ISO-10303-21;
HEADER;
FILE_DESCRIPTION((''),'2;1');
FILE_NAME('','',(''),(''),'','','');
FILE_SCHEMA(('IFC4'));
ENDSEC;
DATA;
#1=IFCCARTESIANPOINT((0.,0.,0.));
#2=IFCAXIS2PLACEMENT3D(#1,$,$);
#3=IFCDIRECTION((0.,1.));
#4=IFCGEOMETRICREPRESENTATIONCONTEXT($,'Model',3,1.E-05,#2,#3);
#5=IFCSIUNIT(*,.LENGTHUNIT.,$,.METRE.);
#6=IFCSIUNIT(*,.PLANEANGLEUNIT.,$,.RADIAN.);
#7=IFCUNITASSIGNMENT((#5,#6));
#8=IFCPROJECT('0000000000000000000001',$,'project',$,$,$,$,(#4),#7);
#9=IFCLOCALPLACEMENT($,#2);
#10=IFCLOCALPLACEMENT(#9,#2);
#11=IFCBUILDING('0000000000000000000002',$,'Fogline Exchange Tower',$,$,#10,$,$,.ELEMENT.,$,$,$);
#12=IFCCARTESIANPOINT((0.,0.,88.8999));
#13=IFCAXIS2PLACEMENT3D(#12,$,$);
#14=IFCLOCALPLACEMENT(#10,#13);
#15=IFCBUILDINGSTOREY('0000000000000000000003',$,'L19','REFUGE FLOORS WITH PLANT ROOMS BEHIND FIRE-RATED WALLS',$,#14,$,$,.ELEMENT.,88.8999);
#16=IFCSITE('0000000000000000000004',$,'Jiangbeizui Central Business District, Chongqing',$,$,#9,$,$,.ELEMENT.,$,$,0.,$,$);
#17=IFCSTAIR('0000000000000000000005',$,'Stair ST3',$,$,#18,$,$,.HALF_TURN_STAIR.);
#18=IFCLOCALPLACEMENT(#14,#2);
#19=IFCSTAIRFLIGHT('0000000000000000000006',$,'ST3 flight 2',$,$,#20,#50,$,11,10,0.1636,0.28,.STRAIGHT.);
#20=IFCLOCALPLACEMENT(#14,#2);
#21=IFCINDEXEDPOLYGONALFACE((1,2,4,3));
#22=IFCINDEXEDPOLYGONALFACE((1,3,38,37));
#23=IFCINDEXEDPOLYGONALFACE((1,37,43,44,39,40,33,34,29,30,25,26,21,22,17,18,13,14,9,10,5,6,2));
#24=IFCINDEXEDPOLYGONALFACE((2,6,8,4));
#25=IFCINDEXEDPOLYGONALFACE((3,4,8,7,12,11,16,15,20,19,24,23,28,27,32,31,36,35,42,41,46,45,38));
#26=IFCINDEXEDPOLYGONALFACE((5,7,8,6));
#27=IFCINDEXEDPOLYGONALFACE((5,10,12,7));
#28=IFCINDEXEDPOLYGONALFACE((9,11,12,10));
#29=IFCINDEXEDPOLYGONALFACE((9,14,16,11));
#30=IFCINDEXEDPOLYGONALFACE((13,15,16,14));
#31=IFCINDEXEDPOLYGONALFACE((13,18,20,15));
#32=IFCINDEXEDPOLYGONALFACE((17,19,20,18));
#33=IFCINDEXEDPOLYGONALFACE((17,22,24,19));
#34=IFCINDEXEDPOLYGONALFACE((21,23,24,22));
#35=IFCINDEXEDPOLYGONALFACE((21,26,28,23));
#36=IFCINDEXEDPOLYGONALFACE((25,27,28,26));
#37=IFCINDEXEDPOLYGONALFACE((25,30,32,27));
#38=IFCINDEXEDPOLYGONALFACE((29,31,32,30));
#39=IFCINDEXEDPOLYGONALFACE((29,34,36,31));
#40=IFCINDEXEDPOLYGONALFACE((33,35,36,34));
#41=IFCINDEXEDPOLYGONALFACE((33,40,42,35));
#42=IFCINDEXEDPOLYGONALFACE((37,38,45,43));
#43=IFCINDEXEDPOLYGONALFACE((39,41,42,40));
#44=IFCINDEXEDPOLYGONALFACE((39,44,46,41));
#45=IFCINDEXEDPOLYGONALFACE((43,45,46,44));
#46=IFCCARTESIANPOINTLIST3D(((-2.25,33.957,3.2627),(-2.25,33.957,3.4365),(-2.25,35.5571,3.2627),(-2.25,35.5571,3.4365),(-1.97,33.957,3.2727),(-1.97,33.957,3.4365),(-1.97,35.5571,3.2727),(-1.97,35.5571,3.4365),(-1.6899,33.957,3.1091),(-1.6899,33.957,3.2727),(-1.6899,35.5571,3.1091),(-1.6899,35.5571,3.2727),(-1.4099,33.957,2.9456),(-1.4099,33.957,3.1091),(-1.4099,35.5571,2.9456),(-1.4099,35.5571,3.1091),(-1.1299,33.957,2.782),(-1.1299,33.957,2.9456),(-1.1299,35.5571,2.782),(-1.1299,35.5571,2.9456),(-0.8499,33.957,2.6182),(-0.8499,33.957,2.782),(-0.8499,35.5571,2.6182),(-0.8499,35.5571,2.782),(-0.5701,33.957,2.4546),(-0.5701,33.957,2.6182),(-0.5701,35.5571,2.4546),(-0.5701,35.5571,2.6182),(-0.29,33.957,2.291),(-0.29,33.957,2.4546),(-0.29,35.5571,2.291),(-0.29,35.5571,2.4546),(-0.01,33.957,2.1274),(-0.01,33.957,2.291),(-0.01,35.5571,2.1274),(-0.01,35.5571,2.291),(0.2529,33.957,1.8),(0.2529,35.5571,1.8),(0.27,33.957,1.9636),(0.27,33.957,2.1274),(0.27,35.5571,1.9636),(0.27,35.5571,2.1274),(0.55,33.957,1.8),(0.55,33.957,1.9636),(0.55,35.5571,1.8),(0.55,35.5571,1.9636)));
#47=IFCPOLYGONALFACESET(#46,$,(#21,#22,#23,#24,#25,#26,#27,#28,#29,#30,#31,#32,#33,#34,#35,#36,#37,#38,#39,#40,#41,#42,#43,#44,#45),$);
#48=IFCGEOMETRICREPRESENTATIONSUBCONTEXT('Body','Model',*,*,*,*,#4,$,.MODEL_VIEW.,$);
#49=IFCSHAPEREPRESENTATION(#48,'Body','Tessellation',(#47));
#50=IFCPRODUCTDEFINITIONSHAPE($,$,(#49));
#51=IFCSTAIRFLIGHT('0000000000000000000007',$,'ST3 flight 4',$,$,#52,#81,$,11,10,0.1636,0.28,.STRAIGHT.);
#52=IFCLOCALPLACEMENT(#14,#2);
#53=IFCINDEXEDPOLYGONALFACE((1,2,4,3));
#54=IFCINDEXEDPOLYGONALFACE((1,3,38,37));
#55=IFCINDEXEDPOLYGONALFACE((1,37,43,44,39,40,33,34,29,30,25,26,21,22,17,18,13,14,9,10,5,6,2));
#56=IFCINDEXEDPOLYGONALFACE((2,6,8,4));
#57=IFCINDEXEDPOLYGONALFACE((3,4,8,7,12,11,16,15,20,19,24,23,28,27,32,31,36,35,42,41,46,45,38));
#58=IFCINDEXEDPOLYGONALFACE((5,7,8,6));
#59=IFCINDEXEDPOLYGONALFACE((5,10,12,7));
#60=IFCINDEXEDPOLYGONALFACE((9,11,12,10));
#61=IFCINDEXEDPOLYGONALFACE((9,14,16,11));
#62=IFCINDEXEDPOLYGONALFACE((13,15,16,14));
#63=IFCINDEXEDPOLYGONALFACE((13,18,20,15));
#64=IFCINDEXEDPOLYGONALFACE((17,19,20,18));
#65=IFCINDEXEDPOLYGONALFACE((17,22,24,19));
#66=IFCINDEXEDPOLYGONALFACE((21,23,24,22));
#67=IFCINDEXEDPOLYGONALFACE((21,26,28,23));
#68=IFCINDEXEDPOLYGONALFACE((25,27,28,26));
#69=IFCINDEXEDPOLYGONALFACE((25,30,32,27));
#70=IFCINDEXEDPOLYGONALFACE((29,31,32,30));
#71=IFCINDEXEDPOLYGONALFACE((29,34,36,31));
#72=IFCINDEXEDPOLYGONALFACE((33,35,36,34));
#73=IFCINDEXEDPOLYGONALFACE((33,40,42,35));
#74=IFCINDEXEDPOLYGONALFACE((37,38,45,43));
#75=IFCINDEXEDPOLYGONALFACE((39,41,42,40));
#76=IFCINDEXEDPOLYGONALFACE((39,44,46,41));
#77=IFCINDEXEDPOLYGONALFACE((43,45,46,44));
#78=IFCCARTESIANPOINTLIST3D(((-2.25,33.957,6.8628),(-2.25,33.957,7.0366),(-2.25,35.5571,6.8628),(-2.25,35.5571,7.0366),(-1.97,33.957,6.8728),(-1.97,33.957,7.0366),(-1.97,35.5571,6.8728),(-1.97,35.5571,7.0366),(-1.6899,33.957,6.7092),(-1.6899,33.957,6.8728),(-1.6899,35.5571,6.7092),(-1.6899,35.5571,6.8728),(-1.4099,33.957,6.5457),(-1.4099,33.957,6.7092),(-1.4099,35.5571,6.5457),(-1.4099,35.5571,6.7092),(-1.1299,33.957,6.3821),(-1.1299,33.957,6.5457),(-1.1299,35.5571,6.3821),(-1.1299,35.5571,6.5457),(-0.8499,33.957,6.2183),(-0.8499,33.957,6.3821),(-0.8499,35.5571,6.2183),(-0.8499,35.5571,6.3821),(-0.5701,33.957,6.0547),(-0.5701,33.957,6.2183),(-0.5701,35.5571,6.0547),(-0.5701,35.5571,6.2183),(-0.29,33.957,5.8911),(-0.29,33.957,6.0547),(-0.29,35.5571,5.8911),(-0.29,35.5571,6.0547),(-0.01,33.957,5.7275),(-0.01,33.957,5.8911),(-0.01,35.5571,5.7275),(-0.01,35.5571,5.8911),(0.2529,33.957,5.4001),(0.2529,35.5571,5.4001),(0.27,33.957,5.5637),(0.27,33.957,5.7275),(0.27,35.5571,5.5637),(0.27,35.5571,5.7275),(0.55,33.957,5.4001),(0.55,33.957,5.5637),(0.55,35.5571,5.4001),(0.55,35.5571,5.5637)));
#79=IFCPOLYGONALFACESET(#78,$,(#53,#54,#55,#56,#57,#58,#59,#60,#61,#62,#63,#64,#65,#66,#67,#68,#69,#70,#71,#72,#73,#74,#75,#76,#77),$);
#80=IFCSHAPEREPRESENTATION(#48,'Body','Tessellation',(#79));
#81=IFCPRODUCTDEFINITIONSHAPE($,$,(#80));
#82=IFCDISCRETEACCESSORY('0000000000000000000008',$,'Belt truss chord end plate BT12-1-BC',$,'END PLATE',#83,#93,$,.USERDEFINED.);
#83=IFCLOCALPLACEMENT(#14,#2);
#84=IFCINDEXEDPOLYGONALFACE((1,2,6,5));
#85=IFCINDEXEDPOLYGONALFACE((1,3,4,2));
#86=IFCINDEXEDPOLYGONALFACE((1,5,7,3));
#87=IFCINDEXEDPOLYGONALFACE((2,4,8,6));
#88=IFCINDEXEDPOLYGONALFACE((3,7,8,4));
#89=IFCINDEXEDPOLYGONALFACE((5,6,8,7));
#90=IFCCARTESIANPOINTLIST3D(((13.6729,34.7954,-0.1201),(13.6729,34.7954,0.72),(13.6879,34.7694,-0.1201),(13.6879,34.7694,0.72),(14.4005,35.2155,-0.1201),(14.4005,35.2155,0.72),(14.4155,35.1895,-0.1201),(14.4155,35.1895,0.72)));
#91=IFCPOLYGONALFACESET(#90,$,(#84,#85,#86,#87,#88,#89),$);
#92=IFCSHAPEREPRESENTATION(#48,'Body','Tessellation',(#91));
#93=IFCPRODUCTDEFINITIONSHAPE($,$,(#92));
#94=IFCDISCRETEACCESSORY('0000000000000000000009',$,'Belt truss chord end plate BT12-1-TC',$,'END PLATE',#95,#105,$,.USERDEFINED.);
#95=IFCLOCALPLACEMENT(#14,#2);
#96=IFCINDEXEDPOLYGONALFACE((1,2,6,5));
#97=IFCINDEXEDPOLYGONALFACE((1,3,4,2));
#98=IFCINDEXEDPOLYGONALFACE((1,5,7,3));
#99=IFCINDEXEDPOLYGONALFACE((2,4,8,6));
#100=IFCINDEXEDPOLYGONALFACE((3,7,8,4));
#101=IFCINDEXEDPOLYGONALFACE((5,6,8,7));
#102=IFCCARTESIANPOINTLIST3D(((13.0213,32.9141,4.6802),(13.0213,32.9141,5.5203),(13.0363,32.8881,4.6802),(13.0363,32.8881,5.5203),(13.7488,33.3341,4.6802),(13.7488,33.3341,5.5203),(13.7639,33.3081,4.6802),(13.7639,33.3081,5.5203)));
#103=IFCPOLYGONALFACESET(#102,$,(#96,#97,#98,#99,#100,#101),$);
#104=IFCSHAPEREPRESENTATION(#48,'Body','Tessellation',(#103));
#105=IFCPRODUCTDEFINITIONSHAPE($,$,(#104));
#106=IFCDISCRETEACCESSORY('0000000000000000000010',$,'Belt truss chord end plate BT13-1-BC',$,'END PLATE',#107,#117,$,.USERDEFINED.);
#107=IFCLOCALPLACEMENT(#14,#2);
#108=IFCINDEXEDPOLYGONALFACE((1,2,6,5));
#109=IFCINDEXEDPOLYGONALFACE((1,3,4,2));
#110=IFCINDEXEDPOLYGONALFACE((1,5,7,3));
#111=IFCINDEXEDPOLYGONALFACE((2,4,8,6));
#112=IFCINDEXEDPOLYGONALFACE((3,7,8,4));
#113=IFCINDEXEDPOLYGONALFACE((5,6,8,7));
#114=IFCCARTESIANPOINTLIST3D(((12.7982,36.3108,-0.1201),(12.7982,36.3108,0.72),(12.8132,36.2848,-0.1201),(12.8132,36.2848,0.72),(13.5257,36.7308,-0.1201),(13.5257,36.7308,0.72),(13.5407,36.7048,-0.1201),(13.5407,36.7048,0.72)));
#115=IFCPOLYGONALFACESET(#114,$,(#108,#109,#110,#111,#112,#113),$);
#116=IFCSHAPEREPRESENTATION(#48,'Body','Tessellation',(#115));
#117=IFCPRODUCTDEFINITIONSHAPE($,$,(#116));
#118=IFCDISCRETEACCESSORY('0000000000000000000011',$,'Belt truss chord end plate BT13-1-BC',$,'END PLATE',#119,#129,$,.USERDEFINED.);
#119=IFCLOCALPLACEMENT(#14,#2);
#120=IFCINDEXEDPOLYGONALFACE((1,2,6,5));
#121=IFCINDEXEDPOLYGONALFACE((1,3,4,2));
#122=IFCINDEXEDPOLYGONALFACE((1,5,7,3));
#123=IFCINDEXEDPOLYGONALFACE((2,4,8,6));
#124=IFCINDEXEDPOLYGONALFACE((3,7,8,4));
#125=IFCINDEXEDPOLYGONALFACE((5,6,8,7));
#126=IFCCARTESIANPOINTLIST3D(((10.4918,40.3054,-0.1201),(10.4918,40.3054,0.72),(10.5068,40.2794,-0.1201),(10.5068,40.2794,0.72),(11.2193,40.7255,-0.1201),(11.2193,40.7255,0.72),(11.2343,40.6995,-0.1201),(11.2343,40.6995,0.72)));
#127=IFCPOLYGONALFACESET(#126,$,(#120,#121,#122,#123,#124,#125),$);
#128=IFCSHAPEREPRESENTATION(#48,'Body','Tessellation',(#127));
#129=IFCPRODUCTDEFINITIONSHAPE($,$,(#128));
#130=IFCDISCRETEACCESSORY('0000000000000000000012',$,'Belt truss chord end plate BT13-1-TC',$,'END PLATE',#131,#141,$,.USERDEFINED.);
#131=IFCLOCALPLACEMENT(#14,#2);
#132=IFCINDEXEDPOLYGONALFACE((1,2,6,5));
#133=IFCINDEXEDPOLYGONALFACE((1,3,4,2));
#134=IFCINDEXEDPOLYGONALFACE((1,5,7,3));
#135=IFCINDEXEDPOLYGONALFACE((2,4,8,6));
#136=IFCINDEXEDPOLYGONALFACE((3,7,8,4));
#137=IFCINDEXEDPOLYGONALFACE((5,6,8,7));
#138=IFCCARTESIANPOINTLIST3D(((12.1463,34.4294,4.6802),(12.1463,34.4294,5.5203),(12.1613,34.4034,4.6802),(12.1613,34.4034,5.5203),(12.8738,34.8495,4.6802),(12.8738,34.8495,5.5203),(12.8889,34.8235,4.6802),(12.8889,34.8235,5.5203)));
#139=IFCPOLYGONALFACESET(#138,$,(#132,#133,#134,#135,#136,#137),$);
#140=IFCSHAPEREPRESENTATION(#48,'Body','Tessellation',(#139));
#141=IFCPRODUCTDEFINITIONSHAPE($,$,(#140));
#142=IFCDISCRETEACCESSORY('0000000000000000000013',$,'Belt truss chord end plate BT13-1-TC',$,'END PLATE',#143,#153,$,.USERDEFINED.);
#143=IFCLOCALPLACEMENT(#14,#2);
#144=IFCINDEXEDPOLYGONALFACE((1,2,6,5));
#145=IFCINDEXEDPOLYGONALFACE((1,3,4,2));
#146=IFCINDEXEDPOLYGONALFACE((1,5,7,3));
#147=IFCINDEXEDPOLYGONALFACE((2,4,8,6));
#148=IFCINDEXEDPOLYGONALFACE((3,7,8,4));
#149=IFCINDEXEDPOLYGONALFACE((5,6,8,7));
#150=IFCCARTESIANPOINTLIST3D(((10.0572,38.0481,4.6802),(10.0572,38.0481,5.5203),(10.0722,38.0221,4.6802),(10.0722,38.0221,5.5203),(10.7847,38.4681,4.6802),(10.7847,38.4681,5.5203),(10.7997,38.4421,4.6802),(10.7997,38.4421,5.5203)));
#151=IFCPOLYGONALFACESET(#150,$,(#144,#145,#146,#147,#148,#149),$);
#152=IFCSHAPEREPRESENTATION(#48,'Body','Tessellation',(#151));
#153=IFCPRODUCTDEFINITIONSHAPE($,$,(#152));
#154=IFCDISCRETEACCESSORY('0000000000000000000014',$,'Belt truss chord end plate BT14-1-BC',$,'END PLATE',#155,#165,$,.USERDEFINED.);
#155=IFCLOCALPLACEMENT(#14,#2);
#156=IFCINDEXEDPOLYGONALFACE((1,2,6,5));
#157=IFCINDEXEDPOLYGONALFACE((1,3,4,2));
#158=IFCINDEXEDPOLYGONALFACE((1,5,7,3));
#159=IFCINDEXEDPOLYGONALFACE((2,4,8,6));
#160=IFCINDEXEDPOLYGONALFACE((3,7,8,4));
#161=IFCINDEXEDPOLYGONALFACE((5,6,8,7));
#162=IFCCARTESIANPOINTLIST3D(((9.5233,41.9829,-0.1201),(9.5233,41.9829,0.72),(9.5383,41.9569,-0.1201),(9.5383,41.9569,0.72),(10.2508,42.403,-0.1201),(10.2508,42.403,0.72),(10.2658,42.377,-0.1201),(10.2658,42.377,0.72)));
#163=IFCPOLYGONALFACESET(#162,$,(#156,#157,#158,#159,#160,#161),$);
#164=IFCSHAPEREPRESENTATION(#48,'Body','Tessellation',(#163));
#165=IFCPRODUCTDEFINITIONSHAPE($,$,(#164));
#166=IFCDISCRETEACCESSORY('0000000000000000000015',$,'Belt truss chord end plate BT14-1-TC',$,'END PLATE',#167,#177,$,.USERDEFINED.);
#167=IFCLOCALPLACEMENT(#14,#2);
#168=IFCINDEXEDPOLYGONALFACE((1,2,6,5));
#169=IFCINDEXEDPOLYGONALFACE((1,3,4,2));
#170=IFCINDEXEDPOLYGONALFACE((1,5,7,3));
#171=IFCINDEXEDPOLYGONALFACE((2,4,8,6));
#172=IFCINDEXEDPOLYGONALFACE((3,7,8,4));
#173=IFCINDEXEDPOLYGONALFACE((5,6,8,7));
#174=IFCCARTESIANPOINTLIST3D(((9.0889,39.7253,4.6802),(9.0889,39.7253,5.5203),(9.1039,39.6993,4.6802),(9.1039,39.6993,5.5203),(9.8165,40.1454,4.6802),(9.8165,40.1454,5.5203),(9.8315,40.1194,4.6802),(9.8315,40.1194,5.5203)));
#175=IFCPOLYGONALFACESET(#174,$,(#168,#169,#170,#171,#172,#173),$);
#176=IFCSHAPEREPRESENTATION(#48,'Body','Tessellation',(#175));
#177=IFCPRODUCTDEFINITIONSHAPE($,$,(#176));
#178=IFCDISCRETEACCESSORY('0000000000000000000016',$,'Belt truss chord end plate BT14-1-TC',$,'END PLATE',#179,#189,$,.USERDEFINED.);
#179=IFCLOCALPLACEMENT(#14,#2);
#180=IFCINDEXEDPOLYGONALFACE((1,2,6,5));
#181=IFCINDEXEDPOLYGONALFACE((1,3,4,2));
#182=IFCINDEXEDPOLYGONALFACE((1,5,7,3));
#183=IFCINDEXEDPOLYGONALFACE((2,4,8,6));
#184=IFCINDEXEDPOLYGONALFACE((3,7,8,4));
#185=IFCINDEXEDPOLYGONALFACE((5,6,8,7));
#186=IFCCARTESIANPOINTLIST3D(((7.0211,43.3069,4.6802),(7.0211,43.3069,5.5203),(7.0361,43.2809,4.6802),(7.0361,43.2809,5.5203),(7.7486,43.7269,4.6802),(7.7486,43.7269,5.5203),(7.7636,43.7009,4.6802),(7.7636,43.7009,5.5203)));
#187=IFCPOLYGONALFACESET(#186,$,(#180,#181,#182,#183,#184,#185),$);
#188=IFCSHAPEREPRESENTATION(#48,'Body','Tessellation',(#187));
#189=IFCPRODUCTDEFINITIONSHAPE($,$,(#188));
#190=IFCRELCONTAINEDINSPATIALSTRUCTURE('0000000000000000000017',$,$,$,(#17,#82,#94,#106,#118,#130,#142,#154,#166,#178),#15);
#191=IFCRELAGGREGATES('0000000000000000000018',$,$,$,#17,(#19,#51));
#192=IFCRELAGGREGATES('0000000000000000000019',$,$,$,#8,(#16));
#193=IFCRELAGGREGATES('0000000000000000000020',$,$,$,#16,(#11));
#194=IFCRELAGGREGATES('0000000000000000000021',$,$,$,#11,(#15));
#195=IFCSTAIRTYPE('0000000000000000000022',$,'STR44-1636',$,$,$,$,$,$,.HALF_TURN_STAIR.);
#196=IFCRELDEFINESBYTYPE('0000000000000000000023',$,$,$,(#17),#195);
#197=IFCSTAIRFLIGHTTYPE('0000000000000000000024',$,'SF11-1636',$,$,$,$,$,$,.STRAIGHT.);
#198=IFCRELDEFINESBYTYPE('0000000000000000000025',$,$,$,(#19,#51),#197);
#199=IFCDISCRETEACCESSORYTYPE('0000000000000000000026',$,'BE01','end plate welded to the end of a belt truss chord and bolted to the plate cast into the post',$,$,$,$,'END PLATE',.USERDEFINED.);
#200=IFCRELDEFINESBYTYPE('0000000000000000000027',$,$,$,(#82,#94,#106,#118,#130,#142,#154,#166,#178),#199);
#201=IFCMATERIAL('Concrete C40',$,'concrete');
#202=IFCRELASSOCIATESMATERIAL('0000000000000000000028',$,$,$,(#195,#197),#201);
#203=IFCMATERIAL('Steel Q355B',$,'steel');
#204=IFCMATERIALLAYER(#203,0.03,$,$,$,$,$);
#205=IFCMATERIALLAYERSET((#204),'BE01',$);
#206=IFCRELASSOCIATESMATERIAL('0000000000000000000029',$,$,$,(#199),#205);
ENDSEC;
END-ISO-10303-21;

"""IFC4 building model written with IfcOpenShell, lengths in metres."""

from ifc_helpers import new_model, si_unit, direction, frame, origin, origin_2d, place, context, subcontext, project, spatial, polyline, rectangle, outline, extrude, material, layer, layer_set, type_object, element, aggregate, save


model = new_model("IFC4")

# Units and contexts
model_context = context("Model", 3, precision=1e-05, world=origin(), true_north=direction((0.0, 1.0)))
body_context = subcontext(model_context, "Body", "Model", "MODEL_VIEW")
ifc_project = project(units=[si_unit("LENGTHUNIT", "METRE"), si_unit("PLANEANGLEUNIT", "RADIAN")], contexts=[model_context])

# Site, building, storey
site_placement = place(None, origin())
site = spatial("IfcSite", under=ifc_project, at=site_placement, Name="Jiangbeizui Central Business District, Chongqing", CompositionType="ELEMENT", RefElevation=0.0)
building_placement = place(site_placement, origin())
building = spatial("IfcBuilding", under=site, at=building_placement, Name="Fogline Exchange Tower", CompositionType="ELEMENT")
storey_placement = place(building_placement, frame((0.0, 0.0, 88.8999)))
storey = spatial("IfcBuildingStorey", under=building, at=storey_placement, Name="L19", Description="REFUGE FLOORS WITH PLANT ROOMS BEHIND FIRE-RATED WALLS", CompositionType="ELEMENT", Elevation=88.8999)

# Shared definitions
ifc_material_1 = material(Name="Concrete C40", Category="concrete")

# Shared definitions
ifc_material_2 = material(Name="Steel Q355B", Category="steel")

# Stair, stair flights
stair_type = type_object("IfcStairType", Name="STR44-1636", PredefinedType="HALF_TURN_STAIR", material=ifc_material_1)
stair_placement = place(storey_placement, origin())
stair = element("IfcStair", 1, at=stair_placement, inside=storey, type_object=stair_type, Name="Stair ST3", PredefinedType="HALF_TURN_STAIR")
stair_flight_type = type_object("IfcStairFlightType", Name="SF11-1636", PredefinedType="STRAIGHT", material=ifc_material_1)
stair_flight_1_placement = place(storey_placement, frame((0.55, 34.7571, 1.8), z_axis=(0.0, 0.0, 1.0), x_axis=(-1.0, 0.0, 0.0)))
stair_flight_1 = element("IfcStairFlight", 2, at=stair_flight_1_placement, type_object=stair_flight_type, Name="ST3 flight 2", NumberOfRisers=11, NumberOfTreads=10, PredefinedType="STRAIGHT", RiserHeight=0.1636, TreadLength=0.28, context=body_context, shape_type="SweptSolid", body=[
    extrude(outline(polyline([(0.0, 0.0), (0.0, 0.1636), (0.28, 0.1636), (0.28, 0.3274), (0.5601, 0.3274), (0.5601, 0.491), (0.8401, 0.491), (0.8401, 0.6545), (1.1201, 0.6545), (1.1201, 0.8181), (1.3999, 0.8181), (1.3999, 0.9819), (1.6799, 0.9819), (1.6799, 1.1455), (1.96, 1.1455), (1.96, 1.3091), (2.24, 1.3091), (2.24, 1.4727), (2.52, 1.4727), (2.52, 1.6365), (2.8, 1.6365), (2.8, 1.8), (2.8, 1.4626), (0.2971, 0.0), (0.0, 0.0)])), frame((0.0, 0.8, 0.0), z_axis=(0.0, -1.0, 0.0), x_axis=(1.0, 0.0, 0.0)), (0.0, 0.0, 1.0), 1.6001),
])
stair_flight_2_placement = place(storey_placement, frame((0.55, 34.7571, 5.4001), z_axis=(0.0, 0.0, 1.0), x_axis=(-1.0, 0.0, 0.0)))
stair_flight_2 = element("IfcStairFlight", 3, at=stair_flight_2_placement, type_object=stair_flight_type, Name="ST3 flight 4", NumberOfRisers=11, NumberOfTreads=10, PredefinedType="STRAIGHT", RiserHeight=0.1636, TreadLength=0.28, context=body_context, shape_type="SweptSolid", body=[
    extrude(outline(polyline([(0.0, 0.0), (0.0, 0.1636), (0.28, 0.1636), (0.28, 0.3274), (0.5601, 0.3274), (0.5601, 0.491), (0.8401, 0.491), (0.8401, 0.6545), (1.1201, 0.6545), (1.1201, 0.8181), (1.3999, 0.8181), (1.3999, 0.9819), (1.6799, 0.9819), (1.6799, 1.1455), (1.96, 1.1455), (1.96, 1.3091), (2.24, 1.3091), (2.24, 1.4727), (2.52, 1.4727), (2.52, 1.6365), (2.8, 1.6365), (2.8, 1.8), (2.8, 1.4626), (0.2971, 0.0), (0.0, 0.0)])), frame((0.0, 0.8, 0.0), z_axis=(0.0, -1.0, 0.0), x_axis=(1.0, 0.0, 0.0)), (0.0, 0.0, 1.0), 1.6001),
])
aggregate(stair, [stair_flight_1, stair_flight_2])

# Discrete accessories
ifc_layer = layer(ifc_material_2, 0.03)
ifc_layer_set = layer_set([ifc_layer], Name="BE01")
discrete_accessory_type = type_object("IfcDiscreteAccessoryType", Name="BE01", Description="end plate welded to the end of a belt truss chord and bolted to the plate cast into the post", ElementType="END PLATE", PredefinedType="USERDEFINED", material=ifc_layer_set)
for number, where, z_axis, x_axis, name in (
    (4, (14.0442, 34.9924, -0.1201), (0.0, 0.0, 1.0), (-0.5, 0.866025, 0.0), "Belt truss chord end plate BT12-1-BC"),
    (5, (13.3926, 33.1111, 4.6802), (0.0, 0.0, 1.0), (-0.5, 0.866025, 0.0), "Belt truss chord end plate BT12-1-TC"),
    (6, (13.1694, 36.5078, -0.1201), (0.0, 0.0, 1.0), (0.5, -0.866025, 0.0), "Belt truss chord end plate BT13-1-BC"),
    (7, (10.863, 40.5024, -0.1201), (0.0, 0.0, 1.0), (-0.5, 0.866025, 0.0), "Belt truss chord end plate BT13-1-BC"),
    (8, (12.5176, 34.6265, 4.6802), (0.0, 0.0, 1.0), (0.5, -0.866025, 0.0), "Belt truss chord end plate BT13-1-TC"),
    (9, (10.4285, 38.2451, 4.6802), (0.0, 0.0, 1.0), (-0.5, 0.866025, 0.0), "Belt truss chord end plate BT13-1-TC"),
    (10, (9.8945, 42.1799, -0.1201), (0.0, 0.0, 1.0), (0.5, -0.866025, 0.0), "Belt truss chord end plate BT14-1-BC"),
    (11, (9.4602, 39.9224, 4.6802), (0.0, 0.0, 1.0), (0.5, -0.866025, 0.0), "Belt truss chord end plate BT14-1-TC"),
    (12, (7.3923, 43.5039, 4.6802), (0.0, 0.0, 1.0), (-0.5, 0.866025, 0.0), "Belt truss chord end plate BT14-1-TC"),
):
    element("IfcDiscreteAccessory", number, at=place(storey_placement, frame(where, z_axis=z_axis, x_axis=x_axis)), inside=storey, type_object=discrete_accessory_type, Name=name, ObjectType="END PLATE", PredefinedType="USERDEFINED", context=body_context, shape_type="SweptSolid", body=[
        extrude(rectangle(XDim=0.03, YDim=0.8401, at=origin_2d()), origin(), (0.0, 0.0, 1.0), 0.8401),
    ])

save(model, "model.ifc")
